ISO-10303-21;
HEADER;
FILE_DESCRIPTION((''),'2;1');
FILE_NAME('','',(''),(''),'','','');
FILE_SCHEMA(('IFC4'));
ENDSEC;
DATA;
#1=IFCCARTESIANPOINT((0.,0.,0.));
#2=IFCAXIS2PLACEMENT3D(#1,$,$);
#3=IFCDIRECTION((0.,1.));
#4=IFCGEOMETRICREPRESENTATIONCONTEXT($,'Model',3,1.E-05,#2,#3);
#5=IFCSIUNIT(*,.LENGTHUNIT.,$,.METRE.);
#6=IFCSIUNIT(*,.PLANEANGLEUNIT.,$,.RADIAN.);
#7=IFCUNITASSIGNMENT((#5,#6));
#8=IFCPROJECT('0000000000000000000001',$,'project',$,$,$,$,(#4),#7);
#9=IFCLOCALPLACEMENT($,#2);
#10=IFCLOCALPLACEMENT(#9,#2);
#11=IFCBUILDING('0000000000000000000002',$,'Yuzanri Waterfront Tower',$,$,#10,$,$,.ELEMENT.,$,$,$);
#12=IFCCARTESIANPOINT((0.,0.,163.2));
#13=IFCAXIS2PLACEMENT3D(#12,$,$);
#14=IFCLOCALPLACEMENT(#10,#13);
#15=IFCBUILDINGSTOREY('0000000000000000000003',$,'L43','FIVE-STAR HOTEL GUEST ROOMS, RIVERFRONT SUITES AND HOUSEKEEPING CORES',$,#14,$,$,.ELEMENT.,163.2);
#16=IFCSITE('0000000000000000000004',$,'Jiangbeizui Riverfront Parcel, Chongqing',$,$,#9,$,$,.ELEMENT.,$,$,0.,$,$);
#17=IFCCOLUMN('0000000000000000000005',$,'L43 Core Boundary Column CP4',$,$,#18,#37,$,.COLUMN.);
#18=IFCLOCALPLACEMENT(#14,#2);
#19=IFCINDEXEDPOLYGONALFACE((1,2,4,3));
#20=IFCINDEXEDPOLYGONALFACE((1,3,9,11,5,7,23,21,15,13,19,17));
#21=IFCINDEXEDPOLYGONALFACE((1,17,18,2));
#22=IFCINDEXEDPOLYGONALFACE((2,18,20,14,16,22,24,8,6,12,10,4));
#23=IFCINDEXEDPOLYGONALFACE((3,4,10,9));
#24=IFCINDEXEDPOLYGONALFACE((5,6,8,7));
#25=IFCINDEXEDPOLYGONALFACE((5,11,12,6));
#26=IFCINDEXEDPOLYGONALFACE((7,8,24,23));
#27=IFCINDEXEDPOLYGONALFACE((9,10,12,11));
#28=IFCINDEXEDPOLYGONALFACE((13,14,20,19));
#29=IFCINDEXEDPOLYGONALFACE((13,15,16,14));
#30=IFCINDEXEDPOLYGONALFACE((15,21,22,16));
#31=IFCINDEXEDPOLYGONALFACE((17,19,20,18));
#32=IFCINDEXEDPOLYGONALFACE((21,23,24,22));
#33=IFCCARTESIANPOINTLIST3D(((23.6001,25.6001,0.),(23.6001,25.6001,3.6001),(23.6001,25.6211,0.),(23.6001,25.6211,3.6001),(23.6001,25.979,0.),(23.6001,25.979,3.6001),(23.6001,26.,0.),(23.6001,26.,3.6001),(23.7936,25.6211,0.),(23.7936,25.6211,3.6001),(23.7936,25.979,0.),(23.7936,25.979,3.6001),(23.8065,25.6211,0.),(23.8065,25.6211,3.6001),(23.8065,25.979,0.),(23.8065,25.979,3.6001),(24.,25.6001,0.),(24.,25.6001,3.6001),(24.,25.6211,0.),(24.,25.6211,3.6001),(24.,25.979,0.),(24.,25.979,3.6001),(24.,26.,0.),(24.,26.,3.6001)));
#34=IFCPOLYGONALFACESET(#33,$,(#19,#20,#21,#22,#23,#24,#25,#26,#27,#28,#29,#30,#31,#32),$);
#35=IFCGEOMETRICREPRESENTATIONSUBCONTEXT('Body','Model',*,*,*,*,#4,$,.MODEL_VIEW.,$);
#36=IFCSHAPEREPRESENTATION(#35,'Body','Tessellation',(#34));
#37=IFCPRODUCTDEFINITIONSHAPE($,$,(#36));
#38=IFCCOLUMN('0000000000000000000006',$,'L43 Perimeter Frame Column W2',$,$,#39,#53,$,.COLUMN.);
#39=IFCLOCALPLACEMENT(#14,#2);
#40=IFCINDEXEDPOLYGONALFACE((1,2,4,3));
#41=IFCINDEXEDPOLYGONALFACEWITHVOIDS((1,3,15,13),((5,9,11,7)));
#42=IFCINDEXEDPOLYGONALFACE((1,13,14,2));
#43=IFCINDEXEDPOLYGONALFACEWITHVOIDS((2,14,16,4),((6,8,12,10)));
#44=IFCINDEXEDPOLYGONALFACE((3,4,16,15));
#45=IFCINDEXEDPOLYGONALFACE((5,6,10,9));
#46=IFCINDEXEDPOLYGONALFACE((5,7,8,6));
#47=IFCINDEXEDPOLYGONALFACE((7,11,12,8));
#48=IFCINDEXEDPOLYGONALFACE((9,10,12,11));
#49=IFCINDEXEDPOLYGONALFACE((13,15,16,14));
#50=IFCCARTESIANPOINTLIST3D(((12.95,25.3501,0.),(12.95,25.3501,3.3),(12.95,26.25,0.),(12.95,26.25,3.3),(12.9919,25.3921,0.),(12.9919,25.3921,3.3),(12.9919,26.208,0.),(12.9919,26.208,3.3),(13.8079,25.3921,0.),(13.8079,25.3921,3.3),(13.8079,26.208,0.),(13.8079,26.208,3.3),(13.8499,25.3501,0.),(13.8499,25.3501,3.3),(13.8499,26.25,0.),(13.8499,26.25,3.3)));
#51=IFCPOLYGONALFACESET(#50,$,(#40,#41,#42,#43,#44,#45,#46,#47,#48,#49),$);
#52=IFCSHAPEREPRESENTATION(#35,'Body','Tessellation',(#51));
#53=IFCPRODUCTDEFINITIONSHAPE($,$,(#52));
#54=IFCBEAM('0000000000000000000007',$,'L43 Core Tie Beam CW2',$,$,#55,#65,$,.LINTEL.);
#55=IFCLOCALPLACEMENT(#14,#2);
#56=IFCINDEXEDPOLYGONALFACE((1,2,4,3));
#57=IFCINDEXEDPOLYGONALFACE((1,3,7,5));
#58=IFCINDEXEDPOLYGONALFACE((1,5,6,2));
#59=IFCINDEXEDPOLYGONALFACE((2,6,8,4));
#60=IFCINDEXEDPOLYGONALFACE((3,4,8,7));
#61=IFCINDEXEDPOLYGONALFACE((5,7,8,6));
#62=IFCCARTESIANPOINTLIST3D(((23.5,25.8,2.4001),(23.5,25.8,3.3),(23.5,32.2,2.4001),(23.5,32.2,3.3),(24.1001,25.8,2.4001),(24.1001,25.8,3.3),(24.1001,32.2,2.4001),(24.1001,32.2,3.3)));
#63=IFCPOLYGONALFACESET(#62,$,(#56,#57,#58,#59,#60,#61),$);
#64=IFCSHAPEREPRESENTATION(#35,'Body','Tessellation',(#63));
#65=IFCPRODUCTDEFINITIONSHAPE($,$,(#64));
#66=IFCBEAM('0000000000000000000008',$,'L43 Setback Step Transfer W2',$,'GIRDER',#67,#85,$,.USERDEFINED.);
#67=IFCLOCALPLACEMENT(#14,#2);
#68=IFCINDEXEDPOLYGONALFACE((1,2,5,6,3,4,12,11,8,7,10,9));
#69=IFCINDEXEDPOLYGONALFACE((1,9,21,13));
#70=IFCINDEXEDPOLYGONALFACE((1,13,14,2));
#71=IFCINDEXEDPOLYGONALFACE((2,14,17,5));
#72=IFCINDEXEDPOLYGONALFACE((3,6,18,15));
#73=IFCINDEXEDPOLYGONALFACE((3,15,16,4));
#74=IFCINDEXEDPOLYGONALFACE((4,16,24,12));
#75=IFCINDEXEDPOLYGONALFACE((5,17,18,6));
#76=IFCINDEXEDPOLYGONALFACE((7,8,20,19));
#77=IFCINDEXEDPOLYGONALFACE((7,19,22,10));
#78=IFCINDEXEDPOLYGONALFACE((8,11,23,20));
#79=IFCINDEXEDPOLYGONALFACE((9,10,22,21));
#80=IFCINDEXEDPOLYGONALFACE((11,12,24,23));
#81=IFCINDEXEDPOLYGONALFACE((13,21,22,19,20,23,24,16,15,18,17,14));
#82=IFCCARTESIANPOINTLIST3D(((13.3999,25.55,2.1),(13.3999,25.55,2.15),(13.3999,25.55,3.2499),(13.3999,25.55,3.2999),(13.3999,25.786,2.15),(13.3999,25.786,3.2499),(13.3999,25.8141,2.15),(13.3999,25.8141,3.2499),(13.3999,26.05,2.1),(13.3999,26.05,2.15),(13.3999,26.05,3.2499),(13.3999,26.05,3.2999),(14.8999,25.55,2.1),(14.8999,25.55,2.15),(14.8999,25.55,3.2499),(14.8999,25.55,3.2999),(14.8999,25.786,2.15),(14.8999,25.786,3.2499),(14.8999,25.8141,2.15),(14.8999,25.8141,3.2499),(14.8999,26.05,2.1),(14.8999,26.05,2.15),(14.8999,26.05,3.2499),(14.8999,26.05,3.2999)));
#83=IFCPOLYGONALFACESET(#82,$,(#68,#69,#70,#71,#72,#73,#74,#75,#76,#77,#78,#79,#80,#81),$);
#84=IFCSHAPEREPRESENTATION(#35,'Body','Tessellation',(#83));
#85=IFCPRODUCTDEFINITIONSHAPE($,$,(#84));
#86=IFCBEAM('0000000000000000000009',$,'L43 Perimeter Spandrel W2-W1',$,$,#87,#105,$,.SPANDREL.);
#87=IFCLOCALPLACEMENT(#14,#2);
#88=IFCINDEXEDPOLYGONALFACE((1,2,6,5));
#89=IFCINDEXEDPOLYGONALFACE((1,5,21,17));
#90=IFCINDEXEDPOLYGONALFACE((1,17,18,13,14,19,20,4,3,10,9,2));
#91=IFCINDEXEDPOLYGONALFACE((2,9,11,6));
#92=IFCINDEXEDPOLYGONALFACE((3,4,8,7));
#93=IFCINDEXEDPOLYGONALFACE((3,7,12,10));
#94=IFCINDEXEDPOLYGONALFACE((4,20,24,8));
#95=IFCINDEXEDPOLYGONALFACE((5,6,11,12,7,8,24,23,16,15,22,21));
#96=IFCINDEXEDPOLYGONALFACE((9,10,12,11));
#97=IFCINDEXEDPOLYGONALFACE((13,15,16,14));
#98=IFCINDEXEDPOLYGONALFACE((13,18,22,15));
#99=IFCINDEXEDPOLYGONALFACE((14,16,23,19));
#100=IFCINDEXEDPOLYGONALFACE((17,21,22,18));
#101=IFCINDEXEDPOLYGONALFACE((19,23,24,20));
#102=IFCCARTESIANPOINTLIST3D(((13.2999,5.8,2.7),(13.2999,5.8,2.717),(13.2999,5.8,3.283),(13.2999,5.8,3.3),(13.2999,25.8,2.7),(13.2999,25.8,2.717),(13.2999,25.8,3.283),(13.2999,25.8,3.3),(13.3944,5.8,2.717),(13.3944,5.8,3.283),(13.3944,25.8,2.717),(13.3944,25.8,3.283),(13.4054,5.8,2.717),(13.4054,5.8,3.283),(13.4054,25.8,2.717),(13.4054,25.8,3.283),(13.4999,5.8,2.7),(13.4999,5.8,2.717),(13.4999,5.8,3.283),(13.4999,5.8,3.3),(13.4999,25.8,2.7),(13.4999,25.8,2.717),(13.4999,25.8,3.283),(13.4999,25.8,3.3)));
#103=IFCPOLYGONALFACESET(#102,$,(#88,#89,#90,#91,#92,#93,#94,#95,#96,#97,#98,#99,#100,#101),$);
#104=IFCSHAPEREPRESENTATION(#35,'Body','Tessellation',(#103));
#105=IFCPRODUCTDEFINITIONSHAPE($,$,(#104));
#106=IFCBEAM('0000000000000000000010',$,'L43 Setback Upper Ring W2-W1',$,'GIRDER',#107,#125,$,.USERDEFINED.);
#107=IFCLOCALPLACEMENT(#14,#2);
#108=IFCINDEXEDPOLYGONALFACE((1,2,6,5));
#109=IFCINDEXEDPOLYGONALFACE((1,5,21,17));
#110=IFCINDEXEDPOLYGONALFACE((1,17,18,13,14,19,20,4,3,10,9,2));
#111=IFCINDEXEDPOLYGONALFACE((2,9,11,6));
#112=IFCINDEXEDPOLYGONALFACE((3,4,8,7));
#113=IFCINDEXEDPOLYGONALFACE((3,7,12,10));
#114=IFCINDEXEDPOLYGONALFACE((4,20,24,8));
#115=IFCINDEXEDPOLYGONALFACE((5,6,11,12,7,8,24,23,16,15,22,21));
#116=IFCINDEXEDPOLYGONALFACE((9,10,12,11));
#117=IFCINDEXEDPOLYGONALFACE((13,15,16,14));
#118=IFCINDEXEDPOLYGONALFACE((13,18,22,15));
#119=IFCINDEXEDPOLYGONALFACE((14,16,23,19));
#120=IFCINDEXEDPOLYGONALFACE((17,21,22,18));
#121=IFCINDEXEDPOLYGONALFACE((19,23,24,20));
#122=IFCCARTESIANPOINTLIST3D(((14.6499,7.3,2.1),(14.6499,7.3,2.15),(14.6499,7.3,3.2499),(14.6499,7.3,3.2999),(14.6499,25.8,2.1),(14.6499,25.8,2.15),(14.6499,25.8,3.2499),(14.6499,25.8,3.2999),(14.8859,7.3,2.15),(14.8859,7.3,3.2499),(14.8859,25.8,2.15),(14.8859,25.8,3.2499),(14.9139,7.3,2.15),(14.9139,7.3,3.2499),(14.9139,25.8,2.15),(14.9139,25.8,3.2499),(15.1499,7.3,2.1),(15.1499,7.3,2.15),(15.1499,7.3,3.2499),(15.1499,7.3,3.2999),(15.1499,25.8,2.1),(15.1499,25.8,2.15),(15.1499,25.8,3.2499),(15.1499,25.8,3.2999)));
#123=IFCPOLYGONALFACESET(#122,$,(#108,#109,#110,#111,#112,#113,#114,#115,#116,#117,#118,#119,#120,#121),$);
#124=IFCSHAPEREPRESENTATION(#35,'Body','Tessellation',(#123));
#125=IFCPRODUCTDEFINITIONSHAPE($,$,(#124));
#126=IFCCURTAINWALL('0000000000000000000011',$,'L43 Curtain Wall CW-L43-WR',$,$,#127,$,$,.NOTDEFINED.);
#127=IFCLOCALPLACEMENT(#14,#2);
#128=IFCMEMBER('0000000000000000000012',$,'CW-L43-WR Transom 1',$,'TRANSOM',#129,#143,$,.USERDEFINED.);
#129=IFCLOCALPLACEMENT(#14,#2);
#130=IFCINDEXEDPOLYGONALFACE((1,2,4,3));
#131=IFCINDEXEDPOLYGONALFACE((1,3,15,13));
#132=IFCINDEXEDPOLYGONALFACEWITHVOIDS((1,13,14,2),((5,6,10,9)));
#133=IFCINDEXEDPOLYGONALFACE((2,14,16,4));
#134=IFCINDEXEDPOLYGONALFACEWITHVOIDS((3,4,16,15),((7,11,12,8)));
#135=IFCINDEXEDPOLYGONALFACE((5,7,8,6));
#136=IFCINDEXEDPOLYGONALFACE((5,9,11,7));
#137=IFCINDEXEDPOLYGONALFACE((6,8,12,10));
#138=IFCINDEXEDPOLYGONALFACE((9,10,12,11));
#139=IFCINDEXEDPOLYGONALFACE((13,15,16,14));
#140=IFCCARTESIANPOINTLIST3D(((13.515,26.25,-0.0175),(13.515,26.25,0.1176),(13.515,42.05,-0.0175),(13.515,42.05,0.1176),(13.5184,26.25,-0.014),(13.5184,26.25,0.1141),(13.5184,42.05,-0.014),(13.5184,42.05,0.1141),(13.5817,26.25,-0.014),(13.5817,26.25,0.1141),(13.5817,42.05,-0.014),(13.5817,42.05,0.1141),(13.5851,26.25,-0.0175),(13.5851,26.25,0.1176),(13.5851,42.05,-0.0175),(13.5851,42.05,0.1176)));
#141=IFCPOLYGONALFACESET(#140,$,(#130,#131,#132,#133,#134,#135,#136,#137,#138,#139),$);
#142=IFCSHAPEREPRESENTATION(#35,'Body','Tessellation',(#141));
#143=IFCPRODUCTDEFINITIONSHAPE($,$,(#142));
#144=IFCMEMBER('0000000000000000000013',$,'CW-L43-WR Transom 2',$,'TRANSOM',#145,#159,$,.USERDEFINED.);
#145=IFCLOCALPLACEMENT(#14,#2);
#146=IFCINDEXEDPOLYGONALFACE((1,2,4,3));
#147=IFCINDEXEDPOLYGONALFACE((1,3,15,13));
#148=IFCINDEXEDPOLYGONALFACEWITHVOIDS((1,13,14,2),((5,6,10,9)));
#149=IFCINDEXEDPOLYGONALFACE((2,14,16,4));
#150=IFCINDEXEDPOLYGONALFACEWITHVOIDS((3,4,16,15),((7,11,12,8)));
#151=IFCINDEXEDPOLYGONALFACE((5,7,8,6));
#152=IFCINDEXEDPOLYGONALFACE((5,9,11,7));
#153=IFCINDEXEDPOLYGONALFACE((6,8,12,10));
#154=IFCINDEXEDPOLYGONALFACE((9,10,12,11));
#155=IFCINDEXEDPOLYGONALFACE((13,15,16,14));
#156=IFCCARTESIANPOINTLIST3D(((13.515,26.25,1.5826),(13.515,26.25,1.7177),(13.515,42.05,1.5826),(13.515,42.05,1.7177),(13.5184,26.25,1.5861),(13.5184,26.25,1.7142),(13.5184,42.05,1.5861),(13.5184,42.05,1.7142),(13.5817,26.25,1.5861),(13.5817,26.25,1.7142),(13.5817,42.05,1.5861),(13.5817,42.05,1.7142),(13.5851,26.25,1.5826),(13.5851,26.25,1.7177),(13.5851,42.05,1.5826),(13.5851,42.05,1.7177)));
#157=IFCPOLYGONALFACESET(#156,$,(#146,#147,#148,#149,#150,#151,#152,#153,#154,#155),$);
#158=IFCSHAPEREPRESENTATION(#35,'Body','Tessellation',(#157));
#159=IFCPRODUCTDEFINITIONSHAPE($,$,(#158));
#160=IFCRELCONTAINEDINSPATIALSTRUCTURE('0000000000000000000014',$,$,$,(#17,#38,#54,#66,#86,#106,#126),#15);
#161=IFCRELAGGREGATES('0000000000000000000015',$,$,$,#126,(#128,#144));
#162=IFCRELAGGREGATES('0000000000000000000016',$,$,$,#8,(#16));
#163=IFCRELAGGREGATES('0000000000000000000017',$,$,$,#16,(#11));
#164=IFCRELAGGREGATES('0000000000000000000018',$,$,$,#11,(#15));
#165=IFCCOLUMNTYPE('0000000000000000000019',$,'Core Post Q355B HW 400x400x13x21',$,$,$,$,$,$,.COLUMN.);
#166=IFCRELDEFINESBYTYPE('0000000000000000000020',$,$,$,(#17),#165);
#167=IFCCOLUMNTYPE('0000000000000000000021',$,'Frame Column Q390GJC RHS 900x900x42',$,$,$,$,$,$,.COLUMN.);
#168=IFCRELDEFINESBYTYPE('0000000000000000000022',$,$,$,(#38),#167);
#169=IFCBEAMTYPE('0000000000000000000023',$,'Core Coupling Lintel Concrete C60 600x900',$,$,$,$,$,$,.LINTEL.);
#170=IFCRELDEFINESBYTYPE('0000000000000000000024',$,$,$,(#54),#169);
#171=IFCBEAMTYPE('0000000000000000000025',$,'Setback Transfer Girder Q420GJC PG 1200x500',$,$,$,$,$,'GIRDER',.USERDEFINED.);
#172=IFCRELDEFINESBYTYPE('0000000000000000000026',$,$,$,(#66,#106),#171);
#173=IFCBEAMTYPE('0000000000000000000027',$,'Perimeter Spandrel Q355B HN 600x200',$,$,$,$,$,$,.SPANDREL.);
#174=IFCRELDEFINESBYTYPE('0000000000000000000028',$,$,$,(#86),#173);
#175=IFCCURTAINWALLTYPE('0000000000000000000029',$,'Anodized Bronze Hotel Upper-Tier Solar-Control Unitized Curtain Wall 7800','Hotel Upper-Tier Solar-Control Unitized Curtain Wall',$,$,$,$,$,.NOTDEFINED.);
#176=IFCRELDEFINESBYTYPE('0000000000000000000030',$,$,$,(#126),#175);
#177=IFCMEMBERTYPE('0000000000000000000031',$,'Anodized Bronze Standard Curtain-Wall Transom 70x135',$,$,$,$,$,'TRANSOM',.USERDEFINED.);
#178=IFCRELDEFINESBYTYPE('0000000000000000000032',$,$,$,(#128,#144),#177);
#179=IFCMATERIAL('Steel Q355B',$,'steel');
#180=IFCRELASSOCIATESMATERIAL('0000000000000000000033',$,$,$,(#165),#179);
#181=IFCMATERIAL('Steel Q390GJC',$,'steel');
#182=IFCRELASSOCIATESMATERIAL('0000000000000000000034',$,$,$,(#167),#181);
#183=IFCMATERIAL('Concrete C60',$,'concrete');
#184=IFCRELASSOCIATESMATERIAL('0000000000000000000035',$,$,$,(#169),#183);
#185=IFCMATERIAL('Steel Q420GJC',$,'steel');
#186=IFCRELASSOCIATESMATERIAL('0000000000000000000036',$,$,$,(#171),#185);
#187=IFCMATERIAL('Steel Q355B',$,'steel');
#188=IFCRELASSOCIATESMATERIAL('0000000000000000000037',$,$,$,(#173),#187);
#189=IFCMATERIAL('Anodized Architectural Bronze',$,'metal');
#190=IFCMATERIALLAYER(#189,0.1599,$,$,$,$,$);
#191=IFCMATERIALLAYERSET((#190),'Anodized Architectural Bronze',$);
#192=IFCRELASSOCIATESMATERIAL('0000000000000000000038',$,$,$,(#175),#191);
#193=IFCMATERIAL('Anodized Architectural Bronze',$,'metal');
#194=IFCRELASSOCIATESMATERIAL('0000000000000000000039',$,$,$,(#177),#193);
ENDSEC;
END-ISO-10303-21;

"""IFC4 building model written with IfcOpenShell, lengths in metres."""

from ifc_helpers import new_model, si_unit, direction, frame, origin, origin_2d, place, context, subcontext, project, spatial, rectangle, hollow_rectangle, i_section, extrude, source, transform, mapped, material, layer, layer_set, material_profile, profile_set, type_object, element, aggregate, save


model = new_model("IFC4")

# Units and contexts
model_context = context("Model", 3, precision=1e-05, world=origin(), true_north=direction((0.0, 1.0)))
body_context = subcontext(model_context, "Body", "Model", "MODEL_VIEW")
ifc_project = project(units=[si_unit("LENGTHUNIT", "METRE"), si_unit("PLANEANGLEUNIT", "RADIAN")], contexts=[model_context])

# Site, building, storey
site_placement = place(None, origin())
site = spatial("IfcSite", under=ifc_project, at=site_placement, Name="Jiangbeizui Riverfront Parcel, Chongqing", CompositionType="ELEMENT", RefElevation=0.0)
building_placement = place(site_placement, origin())
building = spatial("IfcBuilding", under=site, at=building_placement, Name="Yuzanri Waterfront Tower", CompositionType="ELEMENT")
storey_placement = place(building_placement, frame((0.0, 0.0, 163.2)))
storey = spatial("IfcBuildingStorey", under=building, at=storey_placement, Name="L43", Description="FIVE-STAR HOTEL GUEST ROOMS, RIVERFRONT SUITES AND HOUSEKEEPING CORES", CompositionType="ELEMENT", Elevation=163.2)

# Columns
ifc_material_1 = material(Name="Steel Q355B", Category="steel")
ifc_material_profile_1 = material_profile(ifc_material_1, i_section(OverallWidth=0.3999, OverallDepth=0.3999, WebThickness=0.0129, FlangeThickness=0.021, at=origin_2d()), Name="HW 400x400x13x21")
ifc_profile_set_1 = profile_set([ifc_material_profile_1], Name="Steel Q355B")
column_type_1 = type_object("IfcColumnType", Name="Core Post Q355B HW 400x400x13x21", PredefinedType="COLUMN", material=ifc_profile_set_1)
shared_shape_1 = source(origin(), body_context, "Body", "SweptSolid", [
    extrude(i_section(OverallWidth=0.3999, OverallDepth=0.3999, WebThickness=0.0129, FlangeThickness=0.021, at=origin_2d()), origin(), (0.0, 0.0, 1.0), 3.6001),
])
column_1_placement = place(storey_placement, frame((23.8, 25.8, 0.0), z_axis=(0.0, 0.0, 1.0), x_axis=(1.0, 0.0, 0.0)))
element("IfcColumn", 1, at=column_1_placement, inside=storey, type_object=column_type_1, Name="L43 Core Boundary Column CP4", PredefinedType="COLUMN", context=body_context, shape_type="MappedRepresentation", body=[
    mapped(shared_shape_1, transform((0.0, 0.0, 0.0), scale=1.0)),
])
ifc_material_2 = material(Name="Steel Q390GJC", Category="steel")
ifc_material_profile_2 = material_profile(ifc_material_2, hollow_rectangle(XDim=0.8999, YDim=0.8999, WallThickness=0.042, at=origin_2d()), Name="RHS 900x900x42")
ifc_profile_set_2 = profile_set([ifc_material_profile_2], Name="Steel Q390GJC")
column_type_2 = type_object("IfcColumnType", Name="Frame Column Q390GJC RHS 900x900x42", PredefinedType="COLUMN", material=ifc_profile_set_2)
shared_shape_2 = source(origin(), body_context, "Body", "SweptSolid", [
    extrude(hollow_rectangle(XDim=0.8999, YDim=0.8999, WallThickness=0.042, at=origin_2d()), origin(), (0.0, 0.0, 1.0), 3.3),
])
column_2_placement = place(storey_placement, frame((13.3999, 25.8, 0.0), z_axis=(0.0, 0.0, 1.0), x_axis=(1.0, 0.0, 0.0)))
element("IfcColumn", 2, at=column_2_placement, inside=storey, type_object=column_type_2, Name="L43 Perimeter Frame Column W2", PredefinedType="COLUMN", context=body_context, shape_type="MappedRepresentation", body=[
    mapped(shared_shape_2, transform((0.0, 0.0, 0.0), scale=1.0)),
])

# Beams
ifc_material_3 = material(Name="Concrete C60", Category="concrete")
ifc_material_profile_3 = material_profile(ifc_material_3, rectangle(XDim=0.6001, YDim=0.8999, at=origin_2d()), Name="RC 600x900")
ifc_profile_set_3 = profile_set([ifc_material_profile_3], Name="Concrete C60")
beam_type_1 = type_object("IfcBeamType", Name="Core Coupling Lintel Concrete C60 600x900", PredefinedType="LINTEL", material=ifc_profile_set_3)
shared_shape_3 = source(origin(), body_context, "Body", "SweptSolid", [
    extrude(rectangle(XDim=0.6001, YDim=0.8999, at=origin_2d()), origin(), (0.0, 0.0, 1.0), 6.3999),
])
beam_1_placement = place(storey_placement, frame((23.8, 25.8, 2.8501), z_axis=(0.0, 1.0, 0.0), x_axis=(-1.0, 0.0, 0.0)))
element("IfcBeam", 3, at=beam_1_placement, inside=storey, type_object=beam_type_1, Name="L43 Core Tie Beam CW2", PredefinedType="LINTEL", context=body_context, shape_type="MappedRepresentation", body=[
    mapped(shared_shape_3, transform((0.0, 0.0, 0.0), scale=1.0)),
])
ifc_material_4 = material(Name="Steel Q420GJC", Category="steel")
ifc_material_profile_4 = material_profile(ifc_material_4, i_section(OverallWidth=0.5, OverallDepth=1.2, WebThickness=0.0281, FlangeThickness=0.05, at=origin_2d()), Name="PG 1200x500x28x50")
ifc_profile_set_4 = profile_set([ifc_material_profile_4], Name="Steel Q420GJC")
beam_type_2 = type_object("IfcBeamType", Name="Setback Transfer Girder Q420GJC PG 1200x500", ElementType="GIRDER", PredefinedType="USERDEFINED", material=ifc_profile_set_4)
shared_shape_4 = source(origin(), body_context, "Body", "SweptSolid", [
    extrude(i_section(OverallWidth=0.5, OverallDepth=1.2, WebThickness=0.0281, FlangeThickness=0.05, at=origin_2d()), origin(), (0.0, 0.0, 1.0), 1.5),
])
beam_2_placement = place(storey_placement, frame((14.8999, 25.8, 2.7), z_axis=(-1.0, 0.0, 0.0), x_axis=(0.0, -1.0, 0.0)))
element("IfcBeam", 4, at=beam_2_placement, inside=storey, type_object=beam_type_2, Name="L43 Setback Step Transfer W2", ObjectType="GIRDER", PredefinedType="USERDEFINED", context=body_context, shape_type="MappedRepresentation", body=[
    mapped(shared_shape_4, transform((0.0, 0.0, 0.0), scale=1.0)),
])
ifc_material_5 = material(Name="Steel Q355B", Category="steel")
ifc_material_profile_5 = material_profile(ifc_material_5, i_section(OverallWidth=0.2, OverallDepth=0.6001, WebThickness=0.011, FlangeThickness=0.0171, at=origin_2d()), Name="HN 600x200x11x17")
ifc_profile_set_5 = profile_set([ifc_material_profile_5], Name="Steel Q355B")
beam_type_3 = type_object("IfcBeamType", Name="Perimeter Spandrel Q355B HN 600x200", PredefinedType="SPANDREL", material=ifc_profile_set_5)
shared_shape_5 = source(origin(), body_context, "Body", "SweptSolid", [
    extrude(i_section(OverallWidth=0.2, OverallDepth=0.6001, WebThickness=0.011, FlangeThickness=0.0171, at=origin_2d()), origin(), (0.0, 0.0, 1.0), 20.0),
])
beam_3_placement = place(storey_placement, frame((13.3999, 25.8, 3.0), z_axis=(0.0, -1.0, 0.0), x_axis=(1.0, 0.0, 0.0)))
element("IfcBeam", 5, at=beam_3_placement, inside=storey, type_object=beam_type_3, Name="L43 Perimeter Spandrel W2-W1", PredefinedType="SPANDREL", context=body_context, shape_type="MappedRepresentation", body=[
    mapped(shared_shape_5, transform((0.0, 0.0, 0.0), scale=1.0)),
])
shared_shape_6 = source(origin(), body_context, "Body", "SweptSolid", [
    extrude(i_section(OverallWidth=0.5, OverallDepth=1.2, WebThickness=0.0281, FlangeThickness=0.05, at=origin_2d()), origin(), (0.0, 0.0, 1.0), 18.5),
])
beam_4_placement = place(storey_placement, frame((14.8999, 25.8, 2.7), z_axis=(0.0, -1.0, 0.0), x_axis=(1.0, 0.0, 0.0)))
element("IfcBeam", 6, at=beam_4_placement, inside=storey, type_object=beam_type_2, Name="L43 Setback Upper Ring W2-W1", ObjectType="GIRDER", PredefinedType="USERDEFINED", context=body_context, shape_type="MappedRepresentation", body=[
    mapped(shared_shape_6, transform((0.0, 0.0, 0.0), scale=1.0)),
])

# Curtain wall, members
ifc_material_6 = material(Name="Anodized Architectural Bronze", Category="metal")
ifc_layer_1 = layer(ifc_material_6, 0.1599)
ifc_layer_set_1 = layer_set([ifc_layer_1], Name="Anodized Architectural Bronze")
curtain_wall_type = type_object("IfcCurtainWallType", Name="Anodized Bronze Hotel Upper-Tier Solar-Control Unitized Curtain Wall 7800", Description="Hotel Upper-Tier Solar-Control Unitized Curtain Wall", PredefinedType="NOTDEFINED", material=ifc_layer_set_1)
curtain_wall_1_placement = place(storey_placement, origin())
curtain_wall_1 = element("IfcCurtainWall", 7, at=curtain_wall_1_placement, inside=storey, type_object=curtain_wall_type, Name="L43 Curtain Wall CW-L43-WR", PredefinedType="NOTDEFINED")
ifc_material_7 = material(Name="Anodized Architectural Bronze", Category="metal")
ifc_material_profile_6 = material_profile(ifc_material_7, hollow_rectangle(XDim=0.0701, YDim=0.135, WallThickness=0.0034, at=origin_2d()), Name="CWT 70x135")
ifc_profile_set_6 = profile_set([ifc_material_profile_6], Name="Anodized Architectural Bronze")
member_type_1 = type_object("IfcMemberType", Name="Anodized Bronze Standard Curtain-Wall Transom 70x135", ElementType="TRANSOM", PredefinedType="USERDEFINED", material=ifc_profile_set_6)
shared_shape_7 = source(origin(), body_context, "Body", "SweptSolid", [
    extrude(hollow_rectangle(XDim=0.0701, YDim=0.135, WallThickness=0.0034, at=origin_2d()), origin(), (0.0, 0.0, 1.0), 15.8),
])
member_1_placement = place(storey_placement, frame((13.55, 26.25, 0.05), z_axis=(0.0, 1.0, 0.0), x_axis=(-1.0, 0.0, 0.0)))
member_1 = element("IfcMember", 8, at=member_1_placement, type_object=member_type_1, Name="CW-L43-WR Transom 1", ObjectType="TRANSOM", PredefinedType="USERDEFINED", context=body_context, shape_type="MappedRepresentation", body=[
    mapped(shared_shape_7, transform((0.0, 0.0, 0.0), scale=1.0)),
])
member_2_placement = place(storey_placement, frame((13.55, 26.25, 1.6501), z_axis=(0.0, 1.0, 0.0), x_axis=(-1.0, 0.0, 0.0)))
member_2 = element("IfcMember", 9, at=member_2_placement, type_object=member_type_1, Name="CW-L43-WR Transom 2", ObjectType="TRANSOM", PredefinedType="USERDEFINED", context=body_context, shape_type="MappedRepresentation", body=[
    mapped(shared_shape_7, transform((0.0, 0.0, 0.0), scale=1.0)),
])

aggregate(curtain_wall_1, [member_1, member_2])

save(model, "model.ifc")
